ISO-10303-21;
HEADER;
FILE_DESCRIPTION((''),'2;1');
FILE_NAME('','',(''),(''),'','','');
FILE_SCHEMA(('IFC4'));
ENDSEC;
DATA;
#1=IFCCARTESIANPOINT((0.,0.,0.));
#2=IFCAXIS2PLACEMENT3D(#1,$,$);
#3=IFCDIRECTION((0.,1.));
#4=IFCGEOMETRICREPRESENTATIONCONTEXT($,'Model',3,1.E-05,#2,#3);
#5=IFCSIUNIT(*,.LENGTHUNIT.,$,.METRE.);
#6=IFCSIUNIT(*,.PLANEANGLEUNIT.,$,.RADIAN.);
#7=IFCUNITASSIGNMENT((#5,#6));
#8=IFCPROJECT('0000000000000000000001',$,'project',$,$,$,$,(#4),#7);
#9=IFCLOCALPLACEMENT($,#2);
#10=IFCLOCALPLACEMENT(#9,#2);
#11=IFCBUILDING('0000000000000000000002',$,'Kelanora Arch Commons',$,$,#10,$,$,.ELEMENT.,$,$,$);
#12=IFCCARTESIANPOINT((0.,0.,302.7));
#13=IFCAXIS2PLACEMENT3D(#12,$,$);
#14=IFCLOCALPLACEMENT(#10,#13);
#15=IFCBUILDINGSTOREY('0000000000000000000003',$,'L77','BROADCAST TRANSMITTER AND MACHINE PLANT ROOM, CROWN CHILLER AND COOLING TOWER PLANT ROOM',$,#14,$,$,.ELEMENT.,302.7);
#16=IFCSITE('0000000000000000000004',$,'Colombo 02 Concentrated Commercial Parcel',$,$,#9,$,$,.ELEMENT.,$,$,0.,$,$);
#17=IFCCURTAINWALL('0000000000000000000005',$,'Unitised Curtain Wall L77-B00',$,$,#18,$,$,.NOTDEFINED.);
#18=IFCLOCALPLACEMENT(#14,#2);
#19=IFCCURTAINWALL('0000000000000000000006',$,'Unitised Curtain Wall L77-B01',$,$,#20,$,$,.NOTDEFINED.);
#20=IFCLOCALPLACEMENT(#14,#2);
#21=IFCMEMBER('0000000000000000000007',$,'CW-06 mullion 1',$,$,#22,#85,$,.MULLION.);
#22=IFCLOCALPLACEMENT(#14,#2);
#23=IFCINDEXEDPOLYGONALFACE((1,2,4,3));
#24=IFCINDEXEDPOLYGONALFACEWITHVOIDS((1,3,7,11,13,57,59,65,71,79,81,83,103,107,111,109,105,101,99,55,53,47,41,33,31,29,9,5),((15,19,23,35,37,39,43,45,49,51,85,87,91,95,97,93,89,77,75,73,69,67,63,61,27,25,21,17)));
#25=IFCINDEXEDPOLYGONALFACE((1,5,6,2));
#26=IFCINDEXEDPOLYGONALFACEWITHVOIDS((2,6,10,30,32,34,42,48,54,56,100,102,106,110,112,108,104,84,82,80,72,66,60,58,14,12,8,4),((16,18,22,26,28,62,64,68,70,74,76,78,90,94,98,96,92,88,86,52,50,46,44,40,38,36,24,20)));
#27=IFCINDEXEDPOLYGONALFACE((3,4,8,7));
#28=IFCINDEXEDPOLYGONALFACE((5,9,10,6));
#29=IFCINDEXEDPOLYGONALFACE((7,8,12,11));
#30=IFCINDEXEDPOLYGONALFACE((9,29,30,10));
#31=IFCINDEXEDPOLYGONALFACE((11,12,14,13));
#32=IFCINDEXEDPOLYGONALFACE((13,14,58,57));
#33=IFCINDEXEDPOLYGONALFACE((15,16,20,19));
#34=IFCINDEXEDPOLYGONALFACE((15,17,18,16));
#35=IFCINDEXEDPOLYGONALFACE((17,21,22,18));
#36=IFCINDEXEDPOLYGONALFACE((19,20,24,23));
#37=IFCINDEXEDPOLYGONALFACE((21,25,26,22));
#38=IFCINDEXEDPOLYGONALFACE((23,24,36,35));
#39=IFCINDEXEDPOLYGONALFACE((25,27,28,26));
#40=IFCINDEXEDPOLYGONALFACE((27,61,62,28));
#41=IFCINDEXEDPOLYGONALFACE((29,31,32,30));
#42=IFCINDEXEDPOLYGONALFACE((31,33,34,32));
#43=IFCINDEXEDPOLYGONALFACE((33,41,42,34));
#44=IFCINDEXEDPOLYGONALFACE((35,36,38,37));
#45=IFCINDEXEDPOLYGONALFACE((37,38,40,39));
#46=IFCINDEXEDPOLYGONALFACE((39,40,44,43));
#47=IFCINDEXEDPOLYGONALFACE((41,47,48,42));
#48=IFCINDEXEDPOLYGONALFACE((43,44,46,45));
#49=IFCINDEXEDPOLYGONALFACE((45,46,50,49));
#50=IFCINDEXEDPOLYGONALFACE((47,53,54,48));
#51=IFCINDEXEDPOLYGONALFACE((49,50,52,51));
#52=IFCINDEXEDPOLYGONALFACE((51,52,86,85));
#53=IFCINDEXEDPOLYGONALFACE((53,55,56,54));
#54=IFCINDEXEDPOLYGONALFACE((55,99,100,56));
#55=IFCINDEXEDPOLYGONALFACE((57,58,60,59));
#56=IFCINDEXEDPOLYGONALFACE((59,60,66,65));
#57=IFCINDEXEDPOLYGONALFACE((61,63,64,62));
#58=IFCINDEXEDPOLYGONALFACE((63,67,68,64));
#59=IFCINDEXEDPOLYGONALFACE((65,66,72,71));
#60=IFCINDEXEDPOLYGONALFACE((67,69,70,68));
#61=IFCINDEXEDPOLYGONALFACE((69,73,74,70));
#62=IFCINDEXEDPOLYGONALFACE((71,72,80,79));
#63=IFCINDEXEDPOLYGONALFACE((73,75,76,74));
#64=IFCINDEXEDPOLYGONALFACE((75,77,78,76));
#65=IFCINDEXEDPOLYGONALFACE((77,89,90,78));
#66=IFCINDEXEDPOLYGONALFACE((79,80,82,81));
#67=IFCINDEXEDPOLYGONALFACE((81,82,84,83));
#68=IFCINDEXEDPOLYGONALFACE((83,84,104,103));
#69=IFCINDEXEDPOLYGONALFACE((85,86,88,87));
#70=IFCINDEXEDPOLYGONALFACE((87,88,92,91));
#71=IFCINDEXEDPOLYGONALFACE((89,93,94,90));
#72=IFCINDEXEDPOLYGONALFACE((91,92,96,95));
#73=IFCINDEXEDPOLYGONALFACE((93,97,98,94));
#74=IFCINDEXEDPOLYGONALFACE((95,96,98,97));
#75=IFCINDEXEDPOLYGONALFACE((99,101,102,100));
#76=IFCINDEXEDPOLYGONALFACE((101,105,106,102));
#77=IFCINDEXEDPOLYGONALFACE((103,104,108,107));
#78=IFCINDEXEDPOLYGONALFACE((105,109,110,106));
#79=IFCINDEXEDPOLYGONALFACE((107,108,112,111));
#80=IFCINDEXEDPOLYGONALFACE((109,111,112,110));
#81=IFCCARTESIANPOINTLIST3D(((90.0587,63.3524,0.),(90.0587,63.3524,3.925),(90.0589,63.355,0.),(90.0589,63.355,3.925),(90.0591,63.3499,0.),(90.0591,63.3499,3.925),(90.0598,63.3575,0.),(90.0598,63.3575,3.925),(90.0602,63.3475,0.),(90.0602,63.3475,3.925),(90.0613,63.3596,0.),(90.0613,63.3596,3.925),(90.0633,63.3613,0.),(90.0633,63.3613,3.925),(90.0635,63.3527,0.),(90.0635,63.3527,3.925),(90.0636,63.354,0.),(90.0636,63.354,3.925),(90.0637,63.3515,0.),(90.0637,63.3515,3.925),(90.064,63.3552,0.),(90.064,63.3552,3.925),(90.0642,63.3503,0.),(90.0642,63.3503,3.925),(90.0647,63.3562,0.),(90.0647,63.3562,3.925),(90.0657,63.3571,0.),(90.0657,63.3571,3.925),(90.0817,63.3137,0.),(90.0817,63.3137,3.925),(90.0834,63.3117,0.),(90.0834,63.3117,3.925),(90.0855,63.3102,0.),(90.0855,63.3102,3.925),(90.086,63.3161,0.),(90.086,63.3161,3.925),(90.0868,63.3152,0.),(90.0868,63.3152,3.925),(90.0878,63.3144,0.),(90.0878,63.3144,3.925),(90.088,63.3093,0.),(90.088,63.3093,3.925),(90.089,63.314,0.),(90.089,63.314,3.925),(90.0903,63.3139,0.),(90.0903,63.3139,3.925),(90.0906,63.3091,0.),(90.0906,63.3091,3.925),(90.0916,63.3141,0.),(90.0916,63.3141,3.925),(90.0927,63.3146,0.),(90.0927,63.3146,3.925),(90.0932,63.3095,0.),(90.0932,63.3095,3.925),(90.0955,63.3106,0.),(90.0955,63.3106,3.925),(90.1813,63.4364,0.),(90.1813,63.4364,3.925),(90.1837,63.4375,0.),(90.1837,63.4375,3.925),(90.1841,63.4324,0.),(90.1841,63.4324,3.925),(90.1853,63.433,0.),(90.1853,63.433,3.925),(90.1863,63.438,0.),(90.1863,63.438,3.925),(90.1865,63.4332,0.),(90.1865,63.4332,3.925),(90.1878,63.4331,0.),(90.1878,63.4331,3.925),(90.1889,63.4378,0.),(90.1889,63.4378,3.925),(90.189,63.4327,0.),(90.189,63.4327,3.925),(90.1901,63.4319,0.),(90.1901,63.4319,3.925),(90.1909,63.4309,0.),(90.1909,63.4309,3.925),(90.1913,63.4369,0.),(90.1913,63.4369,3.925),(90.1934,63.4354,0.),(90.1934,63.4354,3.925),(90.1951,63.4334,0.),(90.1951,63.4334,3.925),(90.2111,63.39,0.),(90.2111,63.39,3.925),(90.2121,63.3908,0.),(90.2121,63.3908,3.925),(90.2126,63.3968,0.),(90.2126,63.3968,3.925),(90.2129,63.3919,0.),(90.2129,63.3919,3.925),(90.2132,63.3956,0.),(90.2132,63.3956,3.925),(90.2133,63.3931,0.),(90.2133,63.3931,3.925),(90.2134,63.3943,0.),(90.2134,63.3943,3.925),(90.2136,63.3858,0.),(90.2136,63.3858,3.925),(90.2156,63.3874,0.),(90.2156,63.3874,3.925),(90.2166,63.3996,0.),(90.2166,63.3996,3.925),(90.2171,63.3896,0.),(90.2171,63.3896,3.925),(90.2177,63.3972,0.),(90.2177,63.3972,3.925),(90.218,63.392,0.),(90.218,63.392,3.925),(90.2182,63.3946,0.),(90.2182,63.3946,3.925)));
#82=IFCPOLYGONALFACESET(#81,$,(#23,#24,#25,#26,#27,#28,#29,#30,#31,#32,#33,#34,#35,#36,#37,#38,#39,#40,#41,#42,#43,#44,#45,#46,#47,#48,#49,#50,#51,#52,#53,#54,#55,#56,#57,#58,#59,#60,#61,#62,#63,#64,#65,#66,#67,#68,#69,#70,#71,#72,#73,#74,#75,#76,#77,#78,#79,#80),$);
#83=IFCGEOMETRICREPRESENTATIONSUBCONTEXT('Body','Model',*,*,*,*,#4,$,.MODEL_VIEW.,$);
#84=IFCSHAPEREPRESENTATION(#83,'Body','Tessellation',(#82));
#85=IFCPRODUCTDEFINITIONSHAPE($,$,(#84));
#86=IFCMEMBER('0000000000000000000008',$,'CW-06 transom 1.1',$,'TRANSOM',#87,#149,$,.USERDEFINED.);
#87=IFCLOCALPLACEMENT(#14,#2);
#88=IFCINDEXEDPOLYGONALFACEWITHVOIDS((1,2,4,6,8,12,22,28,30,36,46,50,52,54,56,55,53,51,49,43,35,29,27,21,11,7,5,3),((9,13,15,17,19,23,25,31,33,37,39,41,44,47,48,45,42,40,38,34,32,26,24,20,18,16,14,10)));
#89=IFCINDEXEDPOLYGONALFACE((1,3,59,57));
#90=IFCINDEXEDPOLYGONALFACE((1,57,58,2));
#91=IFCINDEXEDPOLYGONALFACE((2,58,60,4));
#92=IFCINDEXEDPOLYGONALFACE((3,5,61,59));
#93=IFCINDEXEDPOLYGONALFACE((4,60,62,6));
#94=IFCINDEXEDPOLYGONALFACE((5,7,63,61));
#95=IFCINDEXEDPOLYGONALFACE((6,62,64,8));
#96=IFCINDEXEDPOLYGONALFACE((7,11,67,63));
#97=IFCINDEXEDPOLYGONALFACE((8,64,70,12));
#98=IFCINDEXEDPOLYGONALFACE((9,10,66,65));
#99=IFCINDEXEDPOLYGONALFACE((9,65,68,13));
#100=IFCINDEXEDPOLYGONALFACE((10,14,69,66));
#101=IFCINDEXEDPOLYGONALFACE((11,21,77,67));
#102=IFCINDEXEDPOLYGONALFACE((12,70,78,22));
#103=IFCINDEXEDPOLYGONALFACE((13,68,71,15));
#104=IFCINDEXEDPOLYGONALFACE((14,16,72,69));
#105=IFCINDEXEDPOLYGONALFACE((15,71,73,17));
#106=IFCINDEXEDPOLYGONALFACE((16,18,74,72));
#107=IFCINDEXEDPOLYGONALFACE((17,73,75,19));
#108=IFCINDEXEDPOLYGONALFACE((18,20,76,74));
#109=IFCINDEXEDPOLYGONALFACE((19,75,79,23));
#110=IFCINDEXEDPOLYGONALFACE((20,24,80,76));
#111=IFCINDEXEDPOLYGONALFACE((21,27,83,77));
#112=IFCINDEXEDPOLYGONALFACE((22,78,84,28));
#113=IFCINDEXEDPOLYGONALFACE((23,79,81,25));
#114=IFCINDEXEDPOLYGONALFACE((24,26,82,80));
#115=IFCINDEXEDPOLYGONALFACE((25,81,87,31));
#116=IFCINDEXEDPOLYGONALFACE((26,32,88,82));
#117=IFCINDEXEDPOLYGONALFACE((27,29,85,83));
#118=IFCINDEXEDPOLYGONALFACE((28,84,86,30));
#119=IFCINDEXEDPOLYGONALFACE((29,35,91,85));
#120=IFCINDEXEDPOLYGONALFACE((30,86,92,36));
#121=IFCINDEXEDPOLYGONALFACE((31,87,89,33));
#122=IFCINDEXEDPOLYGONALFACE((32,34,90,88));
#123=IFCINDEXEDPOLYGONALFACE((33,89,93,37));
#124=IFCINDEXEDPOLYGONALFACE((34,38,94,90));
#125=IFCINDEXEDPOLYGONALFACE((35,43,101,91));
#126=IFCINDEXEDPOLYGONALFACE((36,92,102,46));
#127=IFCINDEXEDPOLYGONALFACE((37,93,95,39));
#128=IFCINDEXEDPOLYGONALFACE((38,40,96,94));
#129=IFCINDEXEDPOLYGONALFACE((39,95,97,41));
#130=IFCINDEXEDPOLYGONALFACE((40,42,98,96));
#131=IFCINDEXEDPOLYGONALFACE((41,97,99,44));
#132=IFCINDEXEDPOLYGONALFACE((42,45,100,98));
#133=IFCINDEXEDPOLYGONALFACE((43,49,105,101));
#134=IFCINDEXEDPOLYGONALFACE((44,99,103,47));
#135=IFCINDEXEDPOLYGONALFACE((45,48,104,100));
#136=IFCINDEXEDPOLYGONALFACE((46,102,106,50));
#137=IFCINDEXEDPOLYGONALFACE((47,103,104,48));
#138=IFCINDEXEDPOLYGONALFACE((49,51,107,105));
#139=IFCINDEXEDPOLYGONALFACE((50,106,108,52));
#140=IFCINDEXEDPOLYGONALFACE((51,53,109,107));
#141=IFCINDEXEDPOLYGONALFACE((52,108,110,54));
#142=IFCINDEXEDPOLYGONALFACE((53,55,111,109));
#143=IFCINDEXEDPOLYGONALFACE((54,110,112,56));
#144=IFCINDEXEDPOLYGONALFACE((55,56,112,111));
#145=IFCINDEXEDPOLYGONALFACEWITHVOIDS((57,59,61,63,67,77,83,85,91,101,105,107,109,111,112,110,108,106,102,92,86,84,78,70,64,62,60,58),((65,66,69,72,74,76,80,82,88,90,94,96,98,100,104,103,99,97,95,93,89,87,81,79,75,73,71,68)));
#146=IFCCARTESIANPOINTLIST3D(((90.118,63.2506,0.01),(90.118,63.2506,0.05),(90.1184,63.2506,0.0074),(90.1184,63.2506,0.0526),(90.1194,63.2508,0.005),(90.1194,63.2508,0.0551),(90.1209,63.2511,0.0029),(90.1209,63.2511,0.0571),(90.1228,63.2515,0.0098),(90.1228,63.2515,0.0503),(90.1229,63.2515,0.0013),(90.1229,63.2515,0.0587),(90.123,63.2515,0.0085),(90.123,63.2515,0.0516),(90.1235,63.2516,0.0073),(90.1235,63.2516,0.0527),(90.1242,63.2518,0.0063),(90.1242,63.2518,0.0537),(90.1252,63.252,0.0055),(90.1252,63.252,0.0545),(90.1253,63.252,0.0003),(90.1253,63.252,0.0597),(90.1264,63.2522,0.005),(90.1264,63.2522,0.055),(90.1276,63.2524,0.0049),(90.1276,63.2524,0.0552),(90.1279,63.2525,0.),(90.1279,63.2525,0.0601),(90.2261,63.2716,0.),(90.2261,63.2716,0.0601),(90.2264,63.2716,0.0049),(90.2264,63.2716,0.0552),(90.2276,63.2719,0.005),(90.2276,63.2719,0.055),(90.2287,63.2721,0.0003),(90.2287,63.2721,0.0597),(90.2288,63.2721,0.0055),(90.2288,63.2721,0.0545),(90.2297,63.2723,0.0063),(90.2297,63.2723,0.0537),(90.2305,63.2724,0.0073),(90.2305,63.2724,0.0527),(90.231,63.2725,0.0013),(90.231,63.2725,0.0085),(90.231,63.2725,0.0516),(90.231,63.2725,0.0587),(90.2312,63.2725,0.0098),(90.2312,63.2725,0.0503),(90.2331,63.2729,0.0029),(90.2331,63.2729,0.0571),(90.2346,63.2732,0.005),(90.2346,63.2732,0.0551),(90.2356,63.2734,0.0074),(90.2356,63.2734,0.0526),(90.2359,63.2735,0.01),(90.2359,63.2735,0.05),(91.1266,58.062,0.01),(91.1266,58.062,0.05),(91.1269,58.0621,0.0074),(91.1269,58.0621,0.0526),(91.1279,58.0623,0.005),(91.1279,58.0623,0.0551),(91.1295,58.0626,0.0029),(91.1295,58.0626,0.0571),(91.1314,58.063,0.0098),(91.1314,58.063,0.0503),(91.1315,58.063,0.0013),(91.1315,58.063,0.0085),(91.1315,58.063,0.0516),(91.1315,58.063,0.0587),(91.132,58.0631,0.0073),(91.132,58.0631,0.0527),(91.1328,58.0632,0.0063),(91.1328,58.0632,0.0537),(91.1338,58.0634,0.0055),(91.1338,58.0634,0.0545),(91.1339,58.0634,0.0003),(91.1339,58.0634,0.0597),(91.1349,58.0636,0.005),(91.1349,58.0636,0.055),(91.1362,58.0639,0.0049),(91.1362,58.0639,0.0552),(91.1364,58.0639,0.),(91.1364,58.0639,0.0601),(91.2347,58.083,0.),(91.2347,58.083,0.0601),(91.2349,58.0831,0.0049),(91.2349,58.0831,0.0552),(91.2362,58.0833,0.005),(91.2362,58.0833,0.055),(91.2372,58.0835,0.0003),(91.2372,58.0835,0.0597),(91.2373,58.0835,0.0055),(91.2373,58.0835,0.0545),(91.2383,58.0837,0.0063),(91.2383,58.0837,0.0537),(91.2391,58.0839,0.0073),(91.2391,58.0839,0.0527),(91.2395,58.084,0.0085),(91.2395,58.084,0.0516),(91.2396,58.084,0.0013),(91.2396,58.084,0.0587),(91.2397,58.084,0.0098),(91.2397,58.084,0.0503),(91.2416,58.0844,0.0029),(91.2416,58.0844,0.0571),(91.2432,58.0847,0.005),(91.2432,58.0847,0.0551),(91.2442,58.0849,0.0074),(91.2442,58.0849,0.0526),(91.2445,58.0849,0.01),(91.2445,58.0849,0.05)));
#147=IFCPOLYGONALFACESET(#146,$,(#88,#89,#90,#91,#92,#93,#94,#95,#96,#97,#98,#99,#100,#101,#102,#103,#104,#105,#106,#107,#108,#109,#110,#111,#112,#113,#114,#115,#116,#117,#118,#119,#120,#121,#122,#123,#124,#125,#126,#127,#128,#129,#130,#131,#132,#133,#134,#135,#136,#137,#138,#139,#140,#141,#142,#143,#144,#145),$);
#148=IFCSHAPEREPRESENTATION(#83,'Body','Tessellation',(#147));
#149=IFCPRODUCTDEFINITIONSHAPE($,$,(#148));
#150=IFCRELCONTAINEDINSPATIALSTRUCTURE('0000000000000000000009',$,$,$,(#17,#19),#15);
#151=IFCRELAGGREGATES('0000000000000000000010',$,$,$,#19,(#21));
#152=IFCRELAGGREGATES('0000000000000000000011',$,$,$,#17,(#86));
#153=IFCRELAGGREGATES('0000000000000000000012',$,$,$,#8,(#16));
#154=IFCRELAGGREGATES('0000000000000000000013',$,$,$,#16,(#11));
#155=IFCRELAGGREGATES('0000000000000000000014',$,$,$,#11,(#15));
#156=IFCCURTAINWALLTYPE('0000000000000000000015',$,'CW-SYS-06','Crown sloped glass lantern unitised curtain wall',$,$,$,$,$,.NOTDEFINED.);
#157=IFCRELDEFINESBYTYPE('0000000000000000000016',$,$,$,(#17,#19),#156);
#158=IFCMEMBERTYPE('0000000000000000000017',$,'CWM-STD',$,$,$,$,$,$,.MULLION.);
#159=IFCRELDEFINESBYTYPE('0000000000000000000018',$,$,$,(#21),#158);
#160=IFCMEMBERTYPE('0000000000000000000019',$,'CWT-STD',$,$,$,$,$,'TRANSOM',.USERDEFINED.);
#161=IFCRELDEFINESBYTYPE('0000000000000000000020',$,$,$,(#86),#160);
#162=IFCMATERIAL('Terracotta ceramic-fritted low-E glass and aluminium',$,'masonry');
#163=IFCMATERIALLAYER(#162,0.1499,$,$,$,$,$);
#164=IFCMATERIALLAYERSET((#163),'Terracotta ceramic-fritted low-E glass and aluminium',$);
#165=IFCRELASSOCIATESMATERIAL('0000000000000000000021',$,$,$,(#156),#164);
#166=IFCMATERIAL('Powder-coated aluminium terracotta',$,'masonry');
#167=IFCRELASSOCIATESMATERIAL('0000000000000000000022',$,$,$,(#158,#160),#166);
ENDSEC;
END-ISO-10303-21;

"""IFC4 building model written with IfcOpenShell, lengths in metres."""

from ifc_helpers import new_model, si_unit, direction, frame, origin, origin_2d, place, context, subcontext, project, spatial, hollow_rectangle, extrude, material, layer, layer_set, material_profile, profile_set, type_object, element, aggregate, save


model = new_model("IFC4")

# Units and contexts
model_context = context("Model", 3, precision=1e-05, world=origin(), true_north=direction((0.0, 1.0)))
body_context = subcontext(model_context, "Body", "Model", "MODEL_VIEW")
ifc_project = project(units=[si_unit("LENGTHUNIT", "METRE"), si_unit("PLANEANGLEUNIT", "RADIAN")], contexts=[model_context])

# Site, building, storey
site_placement = place(None, origin())
site = spatial("IfcSite", under=ifc_project, at=site_placement, Name="Colombo 02 Concentrated Commercial Parcel", CompositionType="ELEMENT", RefElevation=0.0)
building_placement = place(site_placement, origin())
building = spatial("IfcBuilding", under=site, at=building_placement, Name="Kelanora Arch Commons", CompositionType="ELEMENT")
storey_placement = place(building_placement, frame((0.0, 0.0, 302.7)))
storey = spatial("IfcBuildingStorey", under=building, at=storey_placement, Name="L77", Description="BROADCAST TRANSMITTER AND MACHINE PLANT ROOM, CROWN CHILLER AND COOLING TOWER PLANT ROOM", CompositionType="ELEMENT", Elevation=302.7)

# Curtain wall
ifc_material_1 = material(Name="Terracotta ceramic-fritted low-E glass and aluminium", Category="masonry")
ifc_layer_1 = layer(ifc_material_1, 0.1499)
ifc_layer_set_1 = layer_set([ifc_layer_1], Name="Terracotta ceramic-fritted low-E glass and aluminium")
curtain_wall_type = type_object("IfcCurtainWallType", Name="CW-SYS-06", Description="Crown sloped glass lantern unitised curtain wall", PredefinedType="NOTDEFINED", material=ifc_layer_set_1)
curtain_wall_1_placement = place(storey_placement, origin())
curtain_wall_1 = element("IfcCurtainWall", 1, at=curtain_wall_1_placement, inside=storey, type_object=curtain_wall_type, Name="Unitised Curtain Wall L77-B00", PredefinedType="NOTDEFINED")
ifc_material_2 = material(Name="Powder-coated aluminium terracotta", Category="masonry")
ifc_material_profile_1 = material_profile(ifc_material_2, hollow_rectangle(XDim=0.1599, YDim=0.0601, WallThickness=0.0049, InnerFilletRadius=0.0049, OuterFilletRadius=0.01, at=origin_2d()), Name="CWM160x60")
ifc_profile_set_1 = profile_set([ifc_material_profile_1], Name="Powder-coated aluminium terracotta")
member_type_1 = type_object("IfcMemberType", Name="CWM-STD", PredefinedType="MULLION", material=ifc_profile_set_1)

# Curtain wall, member
curtain_wall_2_placement = place(storey_placement, origin())
curtain_wall_2 = element("IfcCurtainWall", 2, at=curtain_wall_2_placement, inside=storey, type_object=curtain_wall_type, Name="Unitised Curtain Wall L77-B01", PredefinedType="NOTDEFINED")
member_1_placement = place(storey_placement, frame((90.1384, 63.3735, 0.0), z_axis=(0.0, 0.0, 1.0), x_axis=(-0.843592, -0.536984, 0.0)))
member_1 = element("IfcMember", 3, at=member_1_placement, type_object=member_type_1, Name="CW-06 mullion 1", PredefinedType="MULLION", context=body_context, shape_type="SweptSolid", body=[
    extrude(hollow_rectangle(XDim=0.1599, YDim=0.0601, WallThickness=0.0049, InnerFilletRadius=0.0049, OuterFilletRadius=0.01, at=origin_2d()), origin(), (0.0, 0.0, 1.0), 3.925),
])

# Member
ifc_material_profile_2 = material_profile(ifc_material_2, hollow_rectangle(XDim=0.1201, YDim=0.0601, WallThickness=0.0049, InnerFilletRadius=0.0049, OuterFilletRadius=0.01, at=origin_2d()), Name="CWT120x60")
ifc_profile_set_2 = profile_set([ifc_material_profile_2], Name="Powder-coated aluminium terracotta")
member_type_2 = type_object("IfcMemberType", Name="CWT-STD", ElementType="TRANSOM", PredefinedType="USERDEFINED", material=ifc_profile_set_2)
member_2_placement = place(storey_placement, frame((91.1855, 58.0735, 0.03), z_axis=(-0.19081, 0.981627, 0.0), x_axis=(-0.981627, -0.19081, 0.0)))
member_2 = element("IfcMember", 4, at=member_2_placement, type_object=member_type_2, Name="CW-06 transom 1.1", ObjectType="TRANSOM", PredefinedType="USERDEFINED", context=body_context, shape_type="SweptSolid", body=[
    extrude(hollow_rectangle(XDim=0.1201, YDim=0.0601, WallThickness=0.0049, InnerFilletRadius=0.0049, OuterFilletRadius=0.01, at=origin_2d()), origin(), (0.0, 0.0, 1.0), 5.2856),
])
aggregate(curtain_wall_2, [member_1])

aggregate(curtain_wall_1, [member_2])

save(model, "model.ifc")
